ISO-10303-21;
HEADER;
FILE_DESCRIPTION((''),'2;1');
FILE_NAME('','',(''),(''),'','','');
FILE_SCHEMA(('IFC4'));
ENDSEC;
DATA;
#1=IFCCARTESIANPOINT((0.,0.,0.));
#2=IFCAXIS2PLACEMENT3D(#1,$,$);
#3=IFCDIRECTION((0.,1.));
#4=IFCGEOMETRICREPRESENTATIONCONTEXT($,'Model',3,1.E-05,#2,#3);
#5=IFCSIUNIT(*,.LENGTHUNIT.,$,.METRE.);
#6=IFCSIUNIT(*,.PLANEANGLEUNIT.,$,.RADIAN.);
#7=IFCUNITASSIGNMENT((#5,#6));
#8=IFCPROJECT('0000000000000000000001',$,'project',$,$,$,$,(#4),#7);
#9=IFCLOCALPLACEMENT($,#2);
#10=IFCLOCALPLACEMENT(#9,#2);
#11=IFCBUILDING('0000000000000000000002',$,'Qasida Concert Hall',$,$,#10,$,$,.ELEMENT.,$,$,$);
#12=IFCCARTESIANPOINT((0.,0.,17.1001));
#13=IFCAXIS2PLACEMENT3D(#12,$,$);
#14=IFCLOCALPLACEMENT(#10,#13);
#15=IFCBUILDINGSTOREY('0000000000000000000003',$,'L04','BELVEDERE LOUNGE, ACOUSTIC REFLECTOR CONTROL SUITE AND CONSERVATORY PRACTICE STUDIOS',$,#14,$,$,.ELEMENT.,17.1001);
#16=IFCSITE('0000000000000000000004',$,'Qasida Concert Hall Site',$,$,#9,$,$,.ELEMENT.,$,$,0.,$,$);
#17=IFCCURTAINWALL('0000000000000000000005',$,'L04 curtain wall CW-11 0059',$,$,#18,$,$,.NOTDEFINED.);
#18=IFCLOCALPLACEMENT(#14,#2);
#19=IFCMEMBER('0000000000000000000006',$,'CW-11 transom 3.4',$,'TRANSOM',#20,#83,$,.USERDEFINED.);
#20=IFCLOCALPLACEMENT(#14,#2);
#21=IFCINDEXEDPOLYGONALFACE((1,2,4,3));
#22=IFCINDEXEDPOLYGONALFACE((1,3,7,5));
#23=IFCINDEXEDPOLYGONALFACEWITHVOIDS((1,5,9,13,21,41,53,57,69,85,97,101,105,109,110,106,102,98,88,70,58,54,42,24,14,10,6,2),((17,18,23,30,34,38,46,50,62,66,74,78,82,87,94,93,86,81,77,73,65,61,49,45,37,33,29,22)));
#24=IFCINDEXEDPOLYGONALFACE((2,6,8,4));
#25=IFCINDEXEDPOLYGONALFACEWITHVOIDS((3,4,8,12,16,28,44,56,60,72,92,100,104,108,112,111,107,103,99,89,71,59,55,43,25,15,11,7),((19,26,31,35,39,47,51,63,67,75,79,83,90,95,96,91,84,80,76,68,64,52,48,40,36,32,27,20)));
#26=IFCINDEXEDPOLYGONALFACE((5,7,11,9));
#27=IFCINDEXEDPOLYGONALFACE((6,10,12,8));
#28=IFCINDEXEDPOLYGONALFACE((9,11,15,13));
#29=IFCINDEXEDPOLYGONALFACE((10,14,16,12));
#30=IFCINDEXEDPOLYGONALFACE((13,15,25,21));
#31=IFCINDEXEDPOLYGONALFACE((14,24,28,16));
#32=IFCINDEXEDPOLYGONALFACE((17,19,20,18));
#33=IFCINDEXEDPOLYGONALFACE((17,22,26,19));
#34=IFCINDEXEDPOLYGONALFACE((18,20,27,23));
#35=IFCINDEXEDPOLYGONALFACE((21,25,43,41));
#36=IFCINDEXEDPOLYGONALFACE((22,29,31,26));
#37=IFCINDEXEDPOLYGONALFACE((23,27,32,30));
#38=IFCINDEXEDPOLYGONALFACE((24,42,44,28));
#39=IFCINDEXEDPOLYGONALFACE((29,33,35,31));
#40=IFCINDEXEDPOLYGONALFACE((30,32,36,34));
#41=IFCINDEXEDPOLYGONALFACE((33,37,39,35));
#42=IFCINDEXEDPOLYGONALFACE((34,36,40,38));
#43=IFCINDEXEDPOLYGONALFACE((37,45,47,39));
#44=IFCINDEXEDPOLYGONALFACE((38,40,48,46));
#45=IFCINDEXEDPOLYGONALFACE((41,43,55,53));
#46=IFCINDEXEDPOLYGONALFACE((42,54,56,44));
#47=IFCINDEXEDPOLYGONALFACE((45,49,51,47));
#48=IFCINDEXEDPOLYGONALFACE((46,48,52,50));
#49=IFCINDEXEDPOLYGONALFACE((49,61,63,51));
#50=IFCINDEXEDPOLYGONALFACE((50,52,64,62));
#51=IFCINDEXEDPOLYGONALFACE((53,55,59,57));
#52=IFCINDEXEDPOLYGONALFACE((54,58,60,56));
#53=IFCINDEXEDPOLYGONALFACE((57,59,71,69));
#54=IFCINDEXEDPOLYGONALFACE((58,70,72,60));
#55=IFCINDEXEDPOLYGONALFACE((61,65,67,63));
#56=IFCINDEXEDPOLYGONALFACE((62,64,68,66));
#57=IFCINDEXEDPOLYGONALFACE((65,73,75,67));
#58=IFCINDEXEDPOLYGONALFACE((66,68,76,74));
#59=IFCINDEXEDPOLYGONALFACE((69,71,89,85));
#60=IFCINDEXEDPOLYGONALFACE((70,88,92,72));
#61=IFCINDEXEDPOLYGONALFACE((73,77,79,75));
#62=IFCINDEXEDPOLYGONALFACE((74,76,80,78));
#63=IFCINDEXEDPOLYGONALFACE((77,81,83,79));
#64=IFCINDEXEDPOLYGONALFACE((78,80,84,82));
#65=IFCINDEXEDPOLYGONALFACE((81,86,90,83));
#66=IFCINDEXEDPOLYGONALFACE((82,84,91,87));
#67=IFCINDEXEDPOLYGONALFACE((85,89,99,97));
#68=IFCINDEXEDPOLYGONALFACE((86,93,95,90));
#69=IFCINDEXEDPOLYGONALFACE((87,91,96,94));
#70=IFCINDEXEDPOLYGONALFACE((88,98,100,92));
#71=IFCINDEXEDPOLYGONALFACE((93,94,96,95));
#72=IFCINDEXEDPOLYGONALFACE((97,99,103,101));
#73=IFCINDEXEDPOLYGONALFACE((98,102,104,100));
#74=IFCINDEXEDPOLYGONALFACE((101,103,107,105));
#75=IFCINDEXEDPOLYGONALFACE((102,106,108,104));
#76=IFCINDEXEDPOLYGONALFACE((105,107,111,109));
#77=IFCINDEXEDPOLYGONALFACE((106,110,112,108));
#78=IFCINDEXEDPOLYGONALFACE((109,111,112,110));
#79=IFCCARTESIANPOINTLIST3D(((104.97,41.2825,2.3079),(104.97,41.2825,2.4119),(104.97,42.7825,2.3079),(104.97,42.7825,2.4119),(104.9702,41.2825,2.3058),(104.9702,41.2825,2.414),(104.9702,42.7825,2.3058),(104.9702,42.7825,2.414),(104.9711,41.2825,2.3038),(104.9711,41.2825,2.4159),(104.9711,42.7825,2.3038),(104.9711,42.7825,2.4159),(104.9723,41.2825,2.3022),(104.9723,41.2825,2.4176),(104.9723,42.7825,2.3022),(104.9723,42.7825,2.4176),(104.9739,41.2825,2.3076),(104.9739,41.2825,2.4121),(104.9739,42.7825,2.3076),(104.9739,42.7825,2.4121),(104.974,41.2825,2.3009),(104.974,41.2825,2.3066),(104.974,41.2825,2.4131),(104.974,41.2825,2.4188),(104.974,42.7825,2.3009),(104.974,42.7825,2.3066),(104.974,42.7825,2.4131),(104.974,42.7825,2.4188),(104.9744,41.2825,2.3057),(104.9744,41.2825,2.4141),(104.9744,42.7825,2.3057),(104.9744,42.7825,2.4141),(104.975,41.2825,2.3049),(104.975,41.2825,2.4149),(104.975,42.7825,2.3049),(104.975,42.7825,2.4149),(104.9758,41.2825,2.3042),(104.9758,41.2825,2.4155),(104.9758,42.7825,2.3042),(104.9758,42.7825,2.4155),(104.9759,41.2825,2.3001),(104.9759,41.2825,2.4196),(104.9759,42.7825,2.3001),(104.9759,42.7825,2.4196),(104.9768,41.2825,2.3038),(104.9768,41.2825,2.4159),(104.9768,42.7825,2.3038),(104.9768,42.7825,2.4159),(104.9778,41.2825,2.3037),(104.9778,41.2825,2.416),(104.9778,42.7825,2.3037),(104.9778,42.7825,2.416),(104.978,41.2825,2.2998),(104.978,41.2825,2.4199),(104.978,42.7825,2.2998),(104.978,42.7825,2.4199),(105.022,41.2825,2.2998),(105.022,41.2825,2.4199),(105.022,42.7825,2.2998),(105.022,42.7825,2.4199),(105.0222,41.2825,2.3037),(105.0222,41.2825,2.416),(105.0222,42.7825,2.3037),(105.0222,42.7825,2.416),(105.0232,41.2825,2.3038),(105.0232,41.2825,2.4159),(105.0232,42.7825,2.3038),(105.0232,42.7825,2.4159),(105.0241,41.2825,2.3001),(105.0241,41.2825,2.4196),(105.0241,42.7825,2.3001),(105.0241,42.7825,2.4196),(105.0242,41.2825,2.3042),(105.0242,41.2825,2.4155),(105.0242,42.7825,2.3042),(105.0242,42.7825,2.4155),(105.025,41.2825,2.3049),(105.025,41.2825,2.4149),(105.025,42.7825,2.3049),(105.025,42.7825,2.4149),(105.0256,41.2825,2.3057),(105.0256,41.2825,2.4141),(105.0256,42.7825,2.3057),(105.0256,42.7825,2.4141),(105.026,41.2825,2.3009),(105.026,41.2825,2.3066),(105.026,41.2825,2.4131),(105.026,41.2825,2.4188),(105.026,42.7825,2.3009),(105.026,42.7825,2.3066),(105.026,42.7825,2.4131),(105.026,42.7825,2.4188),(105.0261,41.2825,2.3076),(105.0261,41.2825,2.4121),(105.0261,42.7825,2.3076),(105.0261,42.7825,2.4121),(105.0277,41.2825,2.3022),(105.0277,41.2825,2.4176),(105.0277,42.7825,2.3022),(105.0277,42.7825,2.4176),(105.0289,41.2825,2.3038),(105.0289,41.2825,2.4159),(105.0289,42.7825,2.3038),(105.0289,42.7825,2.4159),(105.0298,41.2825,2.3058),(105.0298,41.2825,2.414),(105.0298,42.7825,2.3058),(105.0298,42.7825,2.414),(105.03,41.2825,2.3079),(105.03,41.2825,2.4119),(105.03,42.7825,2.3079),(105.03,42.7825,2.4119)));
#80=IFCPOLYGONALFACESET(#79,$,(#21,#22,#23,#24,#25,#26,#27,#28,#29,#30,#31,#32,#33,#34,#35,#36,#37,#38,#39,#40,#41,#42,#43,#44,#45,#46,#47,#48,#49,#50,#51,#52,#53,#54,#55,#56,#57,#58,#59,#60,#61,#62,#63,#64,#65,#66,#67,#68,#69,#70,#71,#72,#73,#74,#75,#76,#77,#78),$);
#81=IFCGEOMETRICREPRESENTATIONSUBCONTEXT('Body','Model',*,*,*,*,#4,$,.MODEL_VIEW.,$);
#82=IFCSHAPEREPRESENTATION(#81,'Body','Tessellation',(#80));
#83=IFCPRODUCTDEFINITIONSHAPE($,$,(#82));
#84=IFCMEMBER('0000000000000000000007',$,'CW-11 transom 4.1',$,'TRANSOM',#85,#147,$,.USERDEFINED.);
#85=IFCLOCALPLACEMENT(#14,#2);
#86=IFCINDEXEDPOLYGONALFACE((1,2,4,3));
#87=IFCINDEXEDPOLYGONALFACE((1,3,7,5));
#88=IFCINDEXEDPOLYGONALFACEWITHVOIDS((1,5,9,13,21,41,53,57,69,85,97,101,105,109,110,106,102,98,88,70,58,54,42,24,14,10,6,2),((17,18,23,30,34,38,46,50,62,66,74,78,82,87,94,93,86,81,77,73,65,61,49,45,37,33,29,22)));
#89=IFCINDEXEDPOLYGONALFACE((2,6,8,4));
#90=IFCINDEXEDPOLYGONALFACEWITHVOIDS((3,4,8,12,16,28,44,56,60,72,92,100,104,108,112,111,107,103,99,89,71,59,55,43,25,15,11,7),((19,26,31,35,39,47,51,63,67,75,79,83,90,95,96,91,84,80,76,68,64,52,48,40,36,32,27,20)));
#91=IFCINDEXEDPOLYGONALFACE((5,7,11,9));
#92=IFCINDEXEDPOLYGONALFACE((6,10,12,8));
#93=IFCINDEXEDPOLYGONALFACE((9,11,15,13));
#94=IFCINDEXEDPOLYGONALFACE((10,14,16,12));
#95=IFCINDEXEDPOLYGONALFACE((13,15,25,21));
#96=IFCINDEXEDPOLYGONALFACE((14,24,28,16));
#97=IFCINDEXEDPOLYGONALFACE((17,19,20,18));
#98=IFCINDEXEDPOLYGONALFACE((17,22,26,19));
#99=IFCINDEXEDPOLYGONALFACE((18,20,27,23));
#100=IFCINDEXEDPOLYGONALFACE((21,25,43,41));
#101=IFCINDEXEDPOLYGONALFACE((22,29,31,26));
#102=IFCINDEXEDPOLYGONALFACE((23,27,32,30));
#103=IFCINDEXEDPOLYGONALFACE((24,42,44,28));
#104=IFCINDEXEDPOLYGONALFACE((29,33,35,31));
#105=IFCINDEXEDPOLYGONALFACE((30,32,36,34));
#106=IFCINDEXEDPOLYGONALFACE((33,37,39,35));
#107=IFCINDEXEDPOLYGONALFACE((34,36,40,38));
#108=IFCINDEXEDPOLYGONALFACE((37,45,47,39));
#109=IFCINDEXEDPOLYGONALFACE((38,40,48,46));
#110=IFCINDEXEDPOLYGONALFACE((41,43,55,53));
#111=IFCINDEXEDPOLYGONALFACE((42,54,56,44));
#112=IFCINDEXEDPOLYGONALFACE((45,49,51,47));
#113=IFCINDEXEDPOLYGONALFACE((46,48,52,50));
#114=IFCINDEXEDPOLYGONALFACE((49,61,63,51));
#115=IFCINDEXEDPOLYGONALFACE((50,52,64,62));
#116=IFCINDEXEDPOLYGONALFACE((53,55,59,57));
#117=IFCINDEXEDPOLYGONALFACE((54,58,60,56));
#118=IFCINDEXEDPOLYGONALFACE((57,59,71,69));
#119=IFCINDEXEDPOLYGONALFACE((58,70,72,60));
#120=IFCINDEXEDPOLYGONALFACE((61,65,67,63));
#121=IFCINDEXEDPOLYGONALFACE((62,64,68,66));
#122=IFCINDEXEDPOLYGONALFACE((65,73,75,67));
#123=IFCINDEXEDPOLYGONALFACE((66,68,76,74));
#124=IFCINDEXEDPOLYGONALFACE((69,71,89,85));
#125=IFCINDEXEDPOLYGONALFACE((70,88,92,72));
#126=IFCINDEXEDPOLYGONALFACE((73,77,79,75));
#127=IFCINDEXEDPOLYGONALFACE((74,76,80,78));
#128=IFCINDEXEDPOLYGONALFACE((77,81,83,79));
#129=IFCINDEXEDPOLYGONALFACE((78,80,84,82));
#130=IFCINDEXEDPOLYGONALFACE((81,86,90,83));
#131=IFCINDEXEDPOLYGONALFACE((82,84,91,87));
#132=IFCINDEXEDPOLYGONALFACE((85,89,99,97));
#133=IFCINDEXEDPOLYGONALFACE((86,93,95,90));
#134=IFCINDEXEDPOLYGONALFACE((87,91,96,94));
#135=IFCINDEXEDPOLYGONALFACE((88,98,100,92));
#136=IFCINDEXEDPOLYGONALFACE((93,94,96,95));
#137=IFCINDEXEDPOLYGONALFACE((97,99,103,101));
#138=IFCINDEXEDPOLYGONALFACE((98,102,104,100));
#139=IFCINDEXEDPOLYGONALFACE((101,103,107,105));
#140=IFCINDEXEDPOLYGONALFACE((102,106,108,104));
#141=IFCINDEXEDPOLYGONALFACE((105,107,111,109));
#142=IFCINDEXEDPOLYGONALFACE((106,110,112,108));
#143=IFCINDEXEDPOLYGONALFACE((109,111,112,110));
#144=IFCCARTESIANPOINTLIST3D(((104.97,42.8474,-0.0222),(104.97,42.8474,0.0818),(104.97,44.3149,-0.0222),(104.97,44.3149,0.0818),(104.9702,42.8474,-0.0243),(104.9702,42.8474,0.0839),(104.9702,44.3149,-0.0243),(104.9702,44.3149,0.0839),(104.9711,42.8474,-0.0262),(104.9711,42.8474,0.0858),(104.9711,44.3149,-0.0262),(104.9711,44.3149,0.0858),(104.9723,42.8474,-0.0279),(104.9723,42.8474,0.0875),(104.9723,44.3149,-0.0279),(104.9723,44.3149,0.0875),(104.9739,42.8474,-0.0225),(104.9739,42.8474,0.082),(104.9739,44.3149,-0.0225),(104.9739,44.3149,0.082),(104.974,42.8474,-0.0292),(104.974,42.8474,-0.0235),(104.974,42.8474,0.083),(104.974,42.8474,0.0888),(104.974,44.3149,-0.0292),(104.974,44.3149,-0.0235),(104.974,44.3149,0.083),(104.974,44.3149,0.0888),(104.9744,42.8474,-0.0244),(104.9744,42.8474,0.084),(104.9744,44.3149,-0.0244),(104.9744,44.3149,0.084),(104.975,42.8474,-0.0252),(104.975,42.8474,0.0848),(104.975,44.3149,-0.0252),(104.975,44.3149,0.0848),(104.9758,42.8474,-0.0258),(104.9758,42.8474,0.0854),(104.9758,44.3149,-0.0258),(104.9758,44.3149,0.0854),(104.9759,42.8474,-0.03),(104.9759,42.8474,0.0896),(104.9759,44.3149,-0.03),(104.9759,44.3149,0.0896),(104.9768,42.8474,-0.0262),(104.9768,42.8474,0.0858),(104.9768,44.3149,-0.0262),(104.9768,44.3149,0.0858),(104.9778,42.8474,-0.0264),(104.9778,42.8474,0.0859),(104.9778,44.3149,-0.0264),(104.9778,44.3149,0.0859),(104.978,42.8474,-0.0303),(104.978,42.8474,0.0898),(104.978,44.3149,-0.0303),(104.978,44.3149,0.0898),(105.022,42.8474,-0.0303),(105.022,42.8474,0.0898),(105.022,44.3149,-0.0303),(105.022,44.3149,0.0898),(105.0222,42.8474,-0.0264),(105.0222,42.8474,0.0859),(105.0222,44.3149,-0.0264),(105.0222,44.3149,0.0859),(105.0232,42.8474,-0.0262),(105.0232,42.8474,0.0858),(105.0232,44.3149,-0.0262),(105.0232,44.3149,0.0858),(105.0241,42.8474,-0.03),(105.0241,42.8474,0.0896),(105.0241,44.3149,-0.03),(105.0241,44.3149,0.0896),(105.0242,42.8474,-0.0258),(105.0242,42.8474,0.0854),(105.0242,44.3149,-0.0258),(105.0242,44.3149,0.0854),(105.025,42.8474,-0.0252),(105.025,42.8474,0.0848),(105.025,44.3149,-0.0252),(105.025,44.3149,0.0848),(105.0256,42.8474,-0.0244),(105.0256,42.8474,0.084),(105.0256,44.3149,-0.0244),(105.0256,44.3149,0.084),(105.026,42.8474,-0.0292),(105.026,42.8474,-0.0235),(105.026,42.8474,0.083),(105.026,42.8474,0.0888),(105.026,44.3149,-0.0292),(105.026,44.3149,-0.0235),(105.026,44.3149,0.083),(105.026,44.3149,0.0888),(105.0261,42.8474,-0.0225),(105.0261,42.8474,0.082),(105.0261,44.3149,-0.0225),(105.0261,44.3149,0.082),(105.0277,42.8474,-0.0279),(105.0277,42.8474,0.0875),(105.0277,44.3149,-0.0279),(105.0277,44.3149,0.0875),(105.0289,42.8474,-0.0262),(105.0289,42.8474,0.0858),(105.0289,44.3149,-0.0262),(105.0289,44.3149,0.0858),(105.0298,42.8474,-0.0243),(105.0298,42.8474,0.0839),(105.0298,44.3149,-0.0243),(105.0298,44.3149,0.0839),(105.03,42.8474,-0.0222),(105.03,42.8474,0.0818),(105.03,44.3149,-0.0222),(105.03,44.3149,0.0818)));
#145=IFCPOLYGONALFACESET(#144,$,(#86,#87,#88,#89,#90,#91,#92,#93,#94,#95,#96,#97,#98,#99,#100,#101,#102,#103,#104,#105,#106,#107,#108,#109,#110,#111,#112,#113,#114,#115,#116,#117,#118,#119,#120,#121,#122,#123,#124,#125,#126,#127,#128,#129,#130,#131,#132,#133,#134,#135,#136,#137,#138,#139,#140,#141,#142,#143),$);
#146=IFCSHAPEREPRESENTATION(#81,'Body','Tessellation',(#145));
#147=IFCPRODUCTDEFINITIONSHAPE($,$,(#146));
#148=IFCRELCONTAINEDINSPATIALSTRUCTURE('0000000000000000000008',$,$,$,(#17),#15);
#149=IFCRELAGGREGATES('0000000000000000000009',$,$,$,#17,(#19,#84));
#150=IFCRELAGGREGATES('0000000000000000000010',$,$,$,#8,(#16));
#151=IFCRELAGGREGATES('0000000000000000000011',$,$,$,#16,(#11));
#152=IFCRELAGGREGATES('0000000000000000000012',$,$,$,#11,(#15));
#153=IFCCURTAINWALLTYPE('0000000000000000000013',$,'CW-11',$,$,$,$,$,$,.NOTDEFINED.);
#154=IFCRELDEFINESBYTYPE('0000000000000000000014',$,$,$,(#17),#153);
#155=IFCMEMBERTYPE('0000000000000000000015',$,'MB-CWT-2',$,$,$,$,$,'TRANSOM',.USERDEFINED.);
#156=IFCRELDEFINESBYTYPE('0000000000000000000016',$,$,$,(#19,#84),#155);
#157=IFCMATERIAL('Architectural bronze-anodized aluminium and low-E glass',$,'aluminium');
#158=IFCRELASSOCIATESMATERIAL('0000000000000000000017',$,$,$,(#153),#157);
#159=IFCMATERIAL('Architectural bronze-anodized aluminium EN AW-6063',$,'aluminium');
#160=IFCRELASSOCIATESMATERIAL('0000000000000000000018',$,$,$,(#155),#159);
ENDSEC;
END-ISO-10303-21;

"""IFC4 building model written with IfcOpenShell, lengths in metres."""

from ifc_helpers import new_model, si_unit, direction, frame, origin, origin_2d, place, context, subcontext, project, spatial, hollow_rectangle, extrude, material, material_profile, profile_set, type_object, element, aggregate, save


model = new_model("IFC4")

# Units and contexts
model_context = context("Model", 3, precision=1e-05, world=origin(), true_north=direction((0.0, 1.0)))
body_context = subcontext(model_context, "Body", "Model", "MODEL_VIEW")
ifc_project = project(units=[si_unit("LENGTHUNIT", "METRE"), si_unit("PLANEANGLEUNIT", "RADIAN")], contexts=[model_context])

# Site, building, storey
site_placement = place(None, origin())
site = spatial("IfcSite", under=ifc_project, at=site_placement, Name="Qasida Concert Hall Site", CompositionType="ELEMENT", RefElevation=0.0)
building_placement = place(site_placement, origin())
building = spatial("IfcBuilding", under=site, at=building_placement, Name="Qasida Concert Hall", CompositionType="ELEMENT")
storey_placement = place(building_placement, frame((0.0, 0.0, 17.1001)))
storey = spatial("IfcBuildingStorey", under=building, at=storey_placement, Name="L04", Description="BELVEDERE LOUNGE, ACOUSTIC REFLECTOR CONTROL SUITE AND CONSERVATORY PRACTICE STUDIOS", CompositionType="ELEMENT", Elevation=17.1001)

# Curtain wall, members
ifc_material_1 = material(Name="Architectural bronze-anodized aluminium and low-E glass", Category="aluminium")
curtain_wall_type = type_object("IfcCurtainWallType", Name="CW-11", PredefinedType="NOTDEFINED", material=ifc_material_1)
curtain_wall_placement = place(storey_placement, origin())
curtain_wall = element("IfcCurtainWall", 1, at=curtain_wall_placement, inside=storey, type_object=curtain_wall_type, Name="L04 curtain wall CW-11 0059", PredefinedType="NOTDEFINED")
ifc_material_2 = material(Name="Architectural bronze-anodized aluminium EN AW-6063", Category="aluminium")
ifc_material_profile_1 = material_profile(ifc_material_2, hollow_rectangle(XDim=0.0601, YDim=0.1201, WallThickness=0.0039, InnerFilletRadius=0.0039, OuterFilletRadius=0.0081, at=origin_2d()), Name="CWT 120x60x4")
ifc_profile_set_1 = profile_set([ifc_material_profile_1], Name="Architectural bronze-anodized aluminium EN AW-6063")
member_type_1 = type_object("IfcMemberType", Name="MB-CWT-2", ElementType="TRANSOM", PredefinedType="USERDEFINED", material=ifc_profile_set_1)
member_1_placement = place(storey_placement, frame((105.0, 41.2825, 2.3599), z_axis=(0.0, 1.0, 0.0), x_axis=(-1.0, 0.0, 0.0)))
member_1 = element("IfcMember", 2, at=member_1_placement, type_object=member_type_1, Name="CW-11 transom 3.4", ObjectType="TRANSOM", PredefinedType="USERDEFINED", context=body_context, shape_type="SweptSolid", body=[
    extrude(hollow_rectangle(XDim=0.0601, YDim=0.1201, WallThickness=0.0039, InnerFilletRadius=0.0039, OuterFilletRadius=0.0081, at=origin_2d()), origin(), (0.0, 0.0, 1.0), 1.5),
])
member_2_placement = place(storey_placement, frame((105.0, 42.8474, 0.0298), z_axis=(0.0, 1.0, 0.0), x_axis=(-1.0, 0.0, 0.0)))
member_2 = element("IfcMember", 3, at=member_2_placement, type_object=member_type_1, Name="CW-11 transom 4.1", ObjectType="TRANSOM", PredefinedType="USERDEFINED", context=body_context, shape_type="SweptSolid", body=[
    extrude(hollow_rectangle(XDim=0.0601, YDim=0.1201, WallThickness=0.0039, InnerFilletRadius=0.0039, OuterFilletRadius=0.0081, at=origin_2d()), origin(), (0.0, 0.0, 1.0), 1.4675),
])
aggregate(curtain_wall, [member_1, member_2])

save(model, "model.ifc")
